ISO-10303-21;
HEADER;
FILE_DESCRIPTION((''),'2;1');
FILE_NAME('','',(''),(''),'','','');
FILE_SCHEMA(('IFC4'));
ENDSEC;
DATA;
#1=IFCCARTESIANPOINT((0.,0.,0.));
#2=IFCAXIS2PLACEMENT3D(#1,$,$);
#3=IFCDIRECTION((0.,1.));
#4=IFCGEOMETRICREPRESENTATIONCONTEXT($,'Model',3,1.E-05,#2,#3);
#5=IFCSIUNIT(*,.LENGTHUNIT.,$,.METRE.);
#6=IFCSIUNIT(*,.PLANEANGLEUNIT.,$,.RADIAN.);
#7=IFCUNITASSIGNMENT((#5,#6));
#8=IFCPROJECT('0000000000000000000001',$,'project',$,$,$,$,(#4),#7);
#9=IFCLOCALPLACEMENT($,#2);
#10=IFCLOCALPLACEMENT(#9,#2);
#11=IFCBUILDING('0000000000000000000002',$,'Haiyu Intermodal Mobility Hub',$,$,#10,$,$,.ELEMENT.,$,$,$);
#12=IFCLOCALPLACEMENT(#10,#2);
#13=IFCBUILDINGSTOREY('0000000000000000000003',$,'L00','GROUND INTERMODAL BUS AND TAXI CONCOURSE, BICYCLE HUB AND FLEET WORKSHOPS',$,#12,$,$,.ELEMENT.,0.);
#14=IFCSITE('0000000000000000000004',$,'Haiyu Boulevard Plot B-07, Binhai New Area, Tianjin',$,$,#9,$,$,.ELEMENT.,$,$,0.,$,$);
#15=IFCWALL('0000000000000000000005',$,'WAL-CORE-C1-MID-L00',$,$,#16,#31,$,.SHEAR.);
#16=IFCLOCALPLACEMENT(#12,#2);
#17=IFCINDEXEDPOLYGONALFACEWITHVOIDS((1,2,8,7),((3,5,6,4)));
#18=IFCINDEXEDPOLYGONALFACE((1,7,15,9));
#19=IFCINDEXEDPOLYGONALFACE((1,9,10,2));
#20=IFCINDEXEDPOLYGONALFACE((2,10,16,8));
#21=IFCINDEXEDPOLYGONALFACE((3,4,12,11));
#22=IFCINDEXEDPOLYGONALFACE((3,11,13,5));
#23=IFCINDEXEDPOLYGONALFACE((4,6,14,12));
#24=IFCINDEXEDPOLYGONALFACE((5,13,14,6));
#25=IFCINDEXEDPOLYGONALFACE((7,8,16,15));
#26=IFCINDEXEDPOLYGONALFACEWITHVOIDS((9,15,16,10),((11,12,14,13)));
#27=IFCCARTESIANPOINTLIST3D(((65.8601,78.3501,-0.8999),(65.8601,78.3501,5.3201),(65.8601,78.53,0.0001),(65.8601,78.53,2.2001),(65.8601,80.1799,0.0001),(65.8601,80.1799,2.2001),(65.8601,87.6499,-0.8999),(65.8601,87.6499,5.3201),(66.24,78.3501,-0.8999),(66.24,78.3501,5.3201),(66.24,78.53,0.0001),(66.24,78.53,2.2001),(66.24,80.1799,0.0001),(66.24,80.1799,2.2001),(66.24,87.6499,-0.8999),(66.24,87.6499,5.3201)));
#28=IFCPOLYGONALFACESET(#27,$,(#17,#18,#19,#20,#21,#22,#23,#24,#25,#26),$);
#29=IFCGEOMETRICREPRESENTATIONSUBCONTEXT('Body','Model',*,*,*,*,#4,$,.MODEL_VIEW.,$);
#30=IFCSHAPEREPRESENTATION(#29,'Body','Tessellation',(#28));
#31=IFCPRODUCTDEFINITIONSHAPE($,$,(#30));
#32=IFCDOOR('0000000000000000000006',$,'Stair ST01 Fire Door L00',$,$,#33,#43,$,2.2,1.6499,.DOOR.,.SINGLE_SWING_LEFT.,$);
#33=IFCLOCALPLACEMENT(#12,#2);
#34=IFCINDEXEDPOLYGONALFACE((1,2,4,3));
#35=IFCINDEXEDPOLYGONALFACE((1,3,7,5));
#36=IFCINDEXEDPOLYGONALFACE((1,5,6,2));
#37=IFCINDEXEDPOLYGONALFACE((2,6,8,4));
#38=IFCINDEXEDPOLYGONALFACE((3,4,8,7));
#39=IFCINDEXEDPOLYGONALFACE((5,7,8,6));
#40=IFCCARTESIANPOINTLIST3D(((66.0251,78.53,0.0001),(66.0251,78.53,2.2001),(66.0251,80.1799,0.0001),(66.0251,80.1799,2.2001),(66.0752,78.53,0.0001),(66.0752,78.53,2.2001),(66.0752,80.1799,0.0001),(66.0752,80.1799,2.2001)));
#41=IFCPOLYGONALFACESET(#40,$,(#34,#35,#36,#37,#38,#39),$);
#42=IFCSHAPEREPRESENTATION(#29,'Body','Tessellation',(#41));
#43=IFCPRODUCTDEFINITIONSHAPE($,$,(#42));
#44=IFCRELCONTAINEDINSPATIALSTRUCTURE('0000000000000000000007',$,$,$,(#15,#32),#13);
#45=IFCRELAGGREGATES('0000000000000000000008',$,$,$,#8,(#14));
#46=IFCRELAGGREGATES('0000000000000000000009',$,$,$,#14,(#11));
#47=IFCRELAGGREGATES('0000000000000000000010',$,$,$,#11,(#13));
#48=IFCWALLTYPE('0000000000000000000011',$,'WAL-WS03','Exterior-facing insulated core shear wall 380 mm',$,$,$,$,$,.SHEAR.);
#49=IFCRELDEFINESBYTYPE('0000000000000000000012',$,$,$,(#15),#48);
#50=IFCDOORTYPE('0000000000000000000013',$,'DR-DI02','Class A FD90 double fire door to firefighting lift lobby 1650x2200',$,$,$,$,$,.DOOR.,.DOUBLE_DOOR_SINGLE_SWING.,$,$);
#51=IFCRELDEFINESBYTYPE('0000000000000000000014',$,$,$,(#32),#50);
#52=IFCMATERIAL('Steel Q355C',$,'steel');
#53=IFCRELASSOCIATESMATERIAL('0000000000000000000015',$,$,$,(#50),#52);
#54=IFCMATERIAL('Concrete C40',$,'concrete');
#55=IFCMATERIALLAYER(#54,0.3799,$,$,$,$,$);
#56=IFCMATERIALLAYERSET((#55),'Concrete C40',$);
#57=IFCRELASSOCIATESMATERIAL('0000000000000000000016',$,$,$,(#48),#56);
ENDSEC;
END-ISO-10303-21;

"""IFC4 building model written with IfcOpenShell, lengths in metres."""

from ifc_helpers import new_model, si_unit, direction, frame, frame_2d, origin, place, context, subcontext, project, spatial, rectangle, extrude, material, layer, layer_set, type_object, element, fill, save


model = new_model("IFC4")

# Units and contexts
model_context = context("Model", 3, precision=1e-05, world=origin(), true_north=direction((0.0, 1.0)))
body_context = subcontext(model_context, "Body", "Model", "MODEL_VIEW")
ifc_project = project(units=[si_unit("LENGTHUNIT", "METRE"), si_unit("PLANEANGLEUNIT", "RADIAN")], contexts=[model_context])

# Site, building, storey
site_placement = place(None, origin())
site = spatial("IfcSite", under=ifc_project, at=site_placement, Name="Haiyu Boulevard Plot B-07, Binhai New Area, Tianjin", CompositionType="ELEMENT", RefElevation=0.0)
building_placement = place(site_placement, origin())
building = spatial("IfcBuilding", under=site, at=building_placement, Name="Haiyu Intermodal Mobility Hub", CompositionType="ELEMENT")
storey_placement = place(building_placement, origin())
storey = spatial("IfcBuildingStorey", under=building, at=storey_placement, Name="L00", Description="GROUND INTERMODAL BUS AND TAXI CONCOURSE, BICYCLE HUB AND FLEET WORKSHOPS", CompositionType="ELEMENT", Elevation=0.0)

# Shared definitions
ifc_material_1 = material(Name="Concrete C40", Category="concrete")

# Shared definitions
ifc_material_2 = material(Name="Steel Q355C", Category="steel")

# Shared definitions
door_type_1 = type_object("IfcDoorType", Name="DR-DI02", Description="Class A FD90 double fire door to firefighting lift lobby 1650x2200", OperationType="DOUBLE_DOOR_SINGLE_SWING", PredefinedType="DOOR", material=ifc_material_2)

# Wall, opening, door
ifc_layer_1 = layer(ifc_material_1, 0.3799)
ifc_layer_set_1 = layer_set([ifc_layer_1], Name="Concrete C40")
wall_type_1 = type_object("IfcWallType", Name="WAL-WS03", Description="Exterior-facing insulated core shear wall 380 mm", PredefinedType="SHEAR", material=ifc_layer_set_1)
wall_1_placement = place(storey_placement, frame((66.05, 78.3501, -0.8999), z_axis=(0.0, 0.0, 1.0), x_axis=(0.0, 1.0, 0.0)))
wall_1 = element("IfcWall", 1, at=wall_1_placement, inside=storey, type_object=wall_type_1, Name="WAL-CORE-C1-MID-L00", PredefinedType="SHEAR", context=body_context, shape_type="SweptSolid", body=[
    extrude(rectangle(XDim=9.2998, YDim=0.3799, at=frame_2d((4.6499, 0.0))), origin(), (0.0, 0.0, 1.0), 6.22),
])
opening_1_placement = place(wall_1_placement, frame((0.1799, 0.0, 0.8999)))
opening_1 = element("IfcOpeningElement", 2, at=opening_1_placement, cuts=wall_1, PredefinedType="OPENING", context=body_context, shape_type="SweptSolid", body=[
    extrude(rectangle(XDim=1.6499, YDim=2.2, at=frame_2d((0.825, 1.1001))), frame((0.0, 0.2, 0.0), z_axis=(0.0, -1.0, 0.0), x_axis=(1.0, 0.0, 0.0)), (0.0, 0.0, 1.0), 0.3999),
])
door_1_placement = place(opening_1_placement, origin())
door_1 = element("IfcDoor", 3, at=door_1_placement, inside=storey, type_object=door_type_1, Name="Stair ST01 Fire Door L00", OperationType="SINGLE_SWING_LEFT", OverallHeight=2.2, OverallWidth=1.6499, PredefinedType="DOOR", context=body_context, shape_type="SweptSolid", body=[
    extrude(rectangle(XDim=1.6499, YDim=2.2, at=frame_2d((0.825, 1.1001))), frame((0.0, 0.0249, 0.0), z_axis=(0.0, -1.0, 0.0), x_axis=(1.0, 0.0, 0.0)), (0.0, 0.0, 1.0), 0.05),
])
fill(opening_1, door_1)

save(model, "model.ifc")
